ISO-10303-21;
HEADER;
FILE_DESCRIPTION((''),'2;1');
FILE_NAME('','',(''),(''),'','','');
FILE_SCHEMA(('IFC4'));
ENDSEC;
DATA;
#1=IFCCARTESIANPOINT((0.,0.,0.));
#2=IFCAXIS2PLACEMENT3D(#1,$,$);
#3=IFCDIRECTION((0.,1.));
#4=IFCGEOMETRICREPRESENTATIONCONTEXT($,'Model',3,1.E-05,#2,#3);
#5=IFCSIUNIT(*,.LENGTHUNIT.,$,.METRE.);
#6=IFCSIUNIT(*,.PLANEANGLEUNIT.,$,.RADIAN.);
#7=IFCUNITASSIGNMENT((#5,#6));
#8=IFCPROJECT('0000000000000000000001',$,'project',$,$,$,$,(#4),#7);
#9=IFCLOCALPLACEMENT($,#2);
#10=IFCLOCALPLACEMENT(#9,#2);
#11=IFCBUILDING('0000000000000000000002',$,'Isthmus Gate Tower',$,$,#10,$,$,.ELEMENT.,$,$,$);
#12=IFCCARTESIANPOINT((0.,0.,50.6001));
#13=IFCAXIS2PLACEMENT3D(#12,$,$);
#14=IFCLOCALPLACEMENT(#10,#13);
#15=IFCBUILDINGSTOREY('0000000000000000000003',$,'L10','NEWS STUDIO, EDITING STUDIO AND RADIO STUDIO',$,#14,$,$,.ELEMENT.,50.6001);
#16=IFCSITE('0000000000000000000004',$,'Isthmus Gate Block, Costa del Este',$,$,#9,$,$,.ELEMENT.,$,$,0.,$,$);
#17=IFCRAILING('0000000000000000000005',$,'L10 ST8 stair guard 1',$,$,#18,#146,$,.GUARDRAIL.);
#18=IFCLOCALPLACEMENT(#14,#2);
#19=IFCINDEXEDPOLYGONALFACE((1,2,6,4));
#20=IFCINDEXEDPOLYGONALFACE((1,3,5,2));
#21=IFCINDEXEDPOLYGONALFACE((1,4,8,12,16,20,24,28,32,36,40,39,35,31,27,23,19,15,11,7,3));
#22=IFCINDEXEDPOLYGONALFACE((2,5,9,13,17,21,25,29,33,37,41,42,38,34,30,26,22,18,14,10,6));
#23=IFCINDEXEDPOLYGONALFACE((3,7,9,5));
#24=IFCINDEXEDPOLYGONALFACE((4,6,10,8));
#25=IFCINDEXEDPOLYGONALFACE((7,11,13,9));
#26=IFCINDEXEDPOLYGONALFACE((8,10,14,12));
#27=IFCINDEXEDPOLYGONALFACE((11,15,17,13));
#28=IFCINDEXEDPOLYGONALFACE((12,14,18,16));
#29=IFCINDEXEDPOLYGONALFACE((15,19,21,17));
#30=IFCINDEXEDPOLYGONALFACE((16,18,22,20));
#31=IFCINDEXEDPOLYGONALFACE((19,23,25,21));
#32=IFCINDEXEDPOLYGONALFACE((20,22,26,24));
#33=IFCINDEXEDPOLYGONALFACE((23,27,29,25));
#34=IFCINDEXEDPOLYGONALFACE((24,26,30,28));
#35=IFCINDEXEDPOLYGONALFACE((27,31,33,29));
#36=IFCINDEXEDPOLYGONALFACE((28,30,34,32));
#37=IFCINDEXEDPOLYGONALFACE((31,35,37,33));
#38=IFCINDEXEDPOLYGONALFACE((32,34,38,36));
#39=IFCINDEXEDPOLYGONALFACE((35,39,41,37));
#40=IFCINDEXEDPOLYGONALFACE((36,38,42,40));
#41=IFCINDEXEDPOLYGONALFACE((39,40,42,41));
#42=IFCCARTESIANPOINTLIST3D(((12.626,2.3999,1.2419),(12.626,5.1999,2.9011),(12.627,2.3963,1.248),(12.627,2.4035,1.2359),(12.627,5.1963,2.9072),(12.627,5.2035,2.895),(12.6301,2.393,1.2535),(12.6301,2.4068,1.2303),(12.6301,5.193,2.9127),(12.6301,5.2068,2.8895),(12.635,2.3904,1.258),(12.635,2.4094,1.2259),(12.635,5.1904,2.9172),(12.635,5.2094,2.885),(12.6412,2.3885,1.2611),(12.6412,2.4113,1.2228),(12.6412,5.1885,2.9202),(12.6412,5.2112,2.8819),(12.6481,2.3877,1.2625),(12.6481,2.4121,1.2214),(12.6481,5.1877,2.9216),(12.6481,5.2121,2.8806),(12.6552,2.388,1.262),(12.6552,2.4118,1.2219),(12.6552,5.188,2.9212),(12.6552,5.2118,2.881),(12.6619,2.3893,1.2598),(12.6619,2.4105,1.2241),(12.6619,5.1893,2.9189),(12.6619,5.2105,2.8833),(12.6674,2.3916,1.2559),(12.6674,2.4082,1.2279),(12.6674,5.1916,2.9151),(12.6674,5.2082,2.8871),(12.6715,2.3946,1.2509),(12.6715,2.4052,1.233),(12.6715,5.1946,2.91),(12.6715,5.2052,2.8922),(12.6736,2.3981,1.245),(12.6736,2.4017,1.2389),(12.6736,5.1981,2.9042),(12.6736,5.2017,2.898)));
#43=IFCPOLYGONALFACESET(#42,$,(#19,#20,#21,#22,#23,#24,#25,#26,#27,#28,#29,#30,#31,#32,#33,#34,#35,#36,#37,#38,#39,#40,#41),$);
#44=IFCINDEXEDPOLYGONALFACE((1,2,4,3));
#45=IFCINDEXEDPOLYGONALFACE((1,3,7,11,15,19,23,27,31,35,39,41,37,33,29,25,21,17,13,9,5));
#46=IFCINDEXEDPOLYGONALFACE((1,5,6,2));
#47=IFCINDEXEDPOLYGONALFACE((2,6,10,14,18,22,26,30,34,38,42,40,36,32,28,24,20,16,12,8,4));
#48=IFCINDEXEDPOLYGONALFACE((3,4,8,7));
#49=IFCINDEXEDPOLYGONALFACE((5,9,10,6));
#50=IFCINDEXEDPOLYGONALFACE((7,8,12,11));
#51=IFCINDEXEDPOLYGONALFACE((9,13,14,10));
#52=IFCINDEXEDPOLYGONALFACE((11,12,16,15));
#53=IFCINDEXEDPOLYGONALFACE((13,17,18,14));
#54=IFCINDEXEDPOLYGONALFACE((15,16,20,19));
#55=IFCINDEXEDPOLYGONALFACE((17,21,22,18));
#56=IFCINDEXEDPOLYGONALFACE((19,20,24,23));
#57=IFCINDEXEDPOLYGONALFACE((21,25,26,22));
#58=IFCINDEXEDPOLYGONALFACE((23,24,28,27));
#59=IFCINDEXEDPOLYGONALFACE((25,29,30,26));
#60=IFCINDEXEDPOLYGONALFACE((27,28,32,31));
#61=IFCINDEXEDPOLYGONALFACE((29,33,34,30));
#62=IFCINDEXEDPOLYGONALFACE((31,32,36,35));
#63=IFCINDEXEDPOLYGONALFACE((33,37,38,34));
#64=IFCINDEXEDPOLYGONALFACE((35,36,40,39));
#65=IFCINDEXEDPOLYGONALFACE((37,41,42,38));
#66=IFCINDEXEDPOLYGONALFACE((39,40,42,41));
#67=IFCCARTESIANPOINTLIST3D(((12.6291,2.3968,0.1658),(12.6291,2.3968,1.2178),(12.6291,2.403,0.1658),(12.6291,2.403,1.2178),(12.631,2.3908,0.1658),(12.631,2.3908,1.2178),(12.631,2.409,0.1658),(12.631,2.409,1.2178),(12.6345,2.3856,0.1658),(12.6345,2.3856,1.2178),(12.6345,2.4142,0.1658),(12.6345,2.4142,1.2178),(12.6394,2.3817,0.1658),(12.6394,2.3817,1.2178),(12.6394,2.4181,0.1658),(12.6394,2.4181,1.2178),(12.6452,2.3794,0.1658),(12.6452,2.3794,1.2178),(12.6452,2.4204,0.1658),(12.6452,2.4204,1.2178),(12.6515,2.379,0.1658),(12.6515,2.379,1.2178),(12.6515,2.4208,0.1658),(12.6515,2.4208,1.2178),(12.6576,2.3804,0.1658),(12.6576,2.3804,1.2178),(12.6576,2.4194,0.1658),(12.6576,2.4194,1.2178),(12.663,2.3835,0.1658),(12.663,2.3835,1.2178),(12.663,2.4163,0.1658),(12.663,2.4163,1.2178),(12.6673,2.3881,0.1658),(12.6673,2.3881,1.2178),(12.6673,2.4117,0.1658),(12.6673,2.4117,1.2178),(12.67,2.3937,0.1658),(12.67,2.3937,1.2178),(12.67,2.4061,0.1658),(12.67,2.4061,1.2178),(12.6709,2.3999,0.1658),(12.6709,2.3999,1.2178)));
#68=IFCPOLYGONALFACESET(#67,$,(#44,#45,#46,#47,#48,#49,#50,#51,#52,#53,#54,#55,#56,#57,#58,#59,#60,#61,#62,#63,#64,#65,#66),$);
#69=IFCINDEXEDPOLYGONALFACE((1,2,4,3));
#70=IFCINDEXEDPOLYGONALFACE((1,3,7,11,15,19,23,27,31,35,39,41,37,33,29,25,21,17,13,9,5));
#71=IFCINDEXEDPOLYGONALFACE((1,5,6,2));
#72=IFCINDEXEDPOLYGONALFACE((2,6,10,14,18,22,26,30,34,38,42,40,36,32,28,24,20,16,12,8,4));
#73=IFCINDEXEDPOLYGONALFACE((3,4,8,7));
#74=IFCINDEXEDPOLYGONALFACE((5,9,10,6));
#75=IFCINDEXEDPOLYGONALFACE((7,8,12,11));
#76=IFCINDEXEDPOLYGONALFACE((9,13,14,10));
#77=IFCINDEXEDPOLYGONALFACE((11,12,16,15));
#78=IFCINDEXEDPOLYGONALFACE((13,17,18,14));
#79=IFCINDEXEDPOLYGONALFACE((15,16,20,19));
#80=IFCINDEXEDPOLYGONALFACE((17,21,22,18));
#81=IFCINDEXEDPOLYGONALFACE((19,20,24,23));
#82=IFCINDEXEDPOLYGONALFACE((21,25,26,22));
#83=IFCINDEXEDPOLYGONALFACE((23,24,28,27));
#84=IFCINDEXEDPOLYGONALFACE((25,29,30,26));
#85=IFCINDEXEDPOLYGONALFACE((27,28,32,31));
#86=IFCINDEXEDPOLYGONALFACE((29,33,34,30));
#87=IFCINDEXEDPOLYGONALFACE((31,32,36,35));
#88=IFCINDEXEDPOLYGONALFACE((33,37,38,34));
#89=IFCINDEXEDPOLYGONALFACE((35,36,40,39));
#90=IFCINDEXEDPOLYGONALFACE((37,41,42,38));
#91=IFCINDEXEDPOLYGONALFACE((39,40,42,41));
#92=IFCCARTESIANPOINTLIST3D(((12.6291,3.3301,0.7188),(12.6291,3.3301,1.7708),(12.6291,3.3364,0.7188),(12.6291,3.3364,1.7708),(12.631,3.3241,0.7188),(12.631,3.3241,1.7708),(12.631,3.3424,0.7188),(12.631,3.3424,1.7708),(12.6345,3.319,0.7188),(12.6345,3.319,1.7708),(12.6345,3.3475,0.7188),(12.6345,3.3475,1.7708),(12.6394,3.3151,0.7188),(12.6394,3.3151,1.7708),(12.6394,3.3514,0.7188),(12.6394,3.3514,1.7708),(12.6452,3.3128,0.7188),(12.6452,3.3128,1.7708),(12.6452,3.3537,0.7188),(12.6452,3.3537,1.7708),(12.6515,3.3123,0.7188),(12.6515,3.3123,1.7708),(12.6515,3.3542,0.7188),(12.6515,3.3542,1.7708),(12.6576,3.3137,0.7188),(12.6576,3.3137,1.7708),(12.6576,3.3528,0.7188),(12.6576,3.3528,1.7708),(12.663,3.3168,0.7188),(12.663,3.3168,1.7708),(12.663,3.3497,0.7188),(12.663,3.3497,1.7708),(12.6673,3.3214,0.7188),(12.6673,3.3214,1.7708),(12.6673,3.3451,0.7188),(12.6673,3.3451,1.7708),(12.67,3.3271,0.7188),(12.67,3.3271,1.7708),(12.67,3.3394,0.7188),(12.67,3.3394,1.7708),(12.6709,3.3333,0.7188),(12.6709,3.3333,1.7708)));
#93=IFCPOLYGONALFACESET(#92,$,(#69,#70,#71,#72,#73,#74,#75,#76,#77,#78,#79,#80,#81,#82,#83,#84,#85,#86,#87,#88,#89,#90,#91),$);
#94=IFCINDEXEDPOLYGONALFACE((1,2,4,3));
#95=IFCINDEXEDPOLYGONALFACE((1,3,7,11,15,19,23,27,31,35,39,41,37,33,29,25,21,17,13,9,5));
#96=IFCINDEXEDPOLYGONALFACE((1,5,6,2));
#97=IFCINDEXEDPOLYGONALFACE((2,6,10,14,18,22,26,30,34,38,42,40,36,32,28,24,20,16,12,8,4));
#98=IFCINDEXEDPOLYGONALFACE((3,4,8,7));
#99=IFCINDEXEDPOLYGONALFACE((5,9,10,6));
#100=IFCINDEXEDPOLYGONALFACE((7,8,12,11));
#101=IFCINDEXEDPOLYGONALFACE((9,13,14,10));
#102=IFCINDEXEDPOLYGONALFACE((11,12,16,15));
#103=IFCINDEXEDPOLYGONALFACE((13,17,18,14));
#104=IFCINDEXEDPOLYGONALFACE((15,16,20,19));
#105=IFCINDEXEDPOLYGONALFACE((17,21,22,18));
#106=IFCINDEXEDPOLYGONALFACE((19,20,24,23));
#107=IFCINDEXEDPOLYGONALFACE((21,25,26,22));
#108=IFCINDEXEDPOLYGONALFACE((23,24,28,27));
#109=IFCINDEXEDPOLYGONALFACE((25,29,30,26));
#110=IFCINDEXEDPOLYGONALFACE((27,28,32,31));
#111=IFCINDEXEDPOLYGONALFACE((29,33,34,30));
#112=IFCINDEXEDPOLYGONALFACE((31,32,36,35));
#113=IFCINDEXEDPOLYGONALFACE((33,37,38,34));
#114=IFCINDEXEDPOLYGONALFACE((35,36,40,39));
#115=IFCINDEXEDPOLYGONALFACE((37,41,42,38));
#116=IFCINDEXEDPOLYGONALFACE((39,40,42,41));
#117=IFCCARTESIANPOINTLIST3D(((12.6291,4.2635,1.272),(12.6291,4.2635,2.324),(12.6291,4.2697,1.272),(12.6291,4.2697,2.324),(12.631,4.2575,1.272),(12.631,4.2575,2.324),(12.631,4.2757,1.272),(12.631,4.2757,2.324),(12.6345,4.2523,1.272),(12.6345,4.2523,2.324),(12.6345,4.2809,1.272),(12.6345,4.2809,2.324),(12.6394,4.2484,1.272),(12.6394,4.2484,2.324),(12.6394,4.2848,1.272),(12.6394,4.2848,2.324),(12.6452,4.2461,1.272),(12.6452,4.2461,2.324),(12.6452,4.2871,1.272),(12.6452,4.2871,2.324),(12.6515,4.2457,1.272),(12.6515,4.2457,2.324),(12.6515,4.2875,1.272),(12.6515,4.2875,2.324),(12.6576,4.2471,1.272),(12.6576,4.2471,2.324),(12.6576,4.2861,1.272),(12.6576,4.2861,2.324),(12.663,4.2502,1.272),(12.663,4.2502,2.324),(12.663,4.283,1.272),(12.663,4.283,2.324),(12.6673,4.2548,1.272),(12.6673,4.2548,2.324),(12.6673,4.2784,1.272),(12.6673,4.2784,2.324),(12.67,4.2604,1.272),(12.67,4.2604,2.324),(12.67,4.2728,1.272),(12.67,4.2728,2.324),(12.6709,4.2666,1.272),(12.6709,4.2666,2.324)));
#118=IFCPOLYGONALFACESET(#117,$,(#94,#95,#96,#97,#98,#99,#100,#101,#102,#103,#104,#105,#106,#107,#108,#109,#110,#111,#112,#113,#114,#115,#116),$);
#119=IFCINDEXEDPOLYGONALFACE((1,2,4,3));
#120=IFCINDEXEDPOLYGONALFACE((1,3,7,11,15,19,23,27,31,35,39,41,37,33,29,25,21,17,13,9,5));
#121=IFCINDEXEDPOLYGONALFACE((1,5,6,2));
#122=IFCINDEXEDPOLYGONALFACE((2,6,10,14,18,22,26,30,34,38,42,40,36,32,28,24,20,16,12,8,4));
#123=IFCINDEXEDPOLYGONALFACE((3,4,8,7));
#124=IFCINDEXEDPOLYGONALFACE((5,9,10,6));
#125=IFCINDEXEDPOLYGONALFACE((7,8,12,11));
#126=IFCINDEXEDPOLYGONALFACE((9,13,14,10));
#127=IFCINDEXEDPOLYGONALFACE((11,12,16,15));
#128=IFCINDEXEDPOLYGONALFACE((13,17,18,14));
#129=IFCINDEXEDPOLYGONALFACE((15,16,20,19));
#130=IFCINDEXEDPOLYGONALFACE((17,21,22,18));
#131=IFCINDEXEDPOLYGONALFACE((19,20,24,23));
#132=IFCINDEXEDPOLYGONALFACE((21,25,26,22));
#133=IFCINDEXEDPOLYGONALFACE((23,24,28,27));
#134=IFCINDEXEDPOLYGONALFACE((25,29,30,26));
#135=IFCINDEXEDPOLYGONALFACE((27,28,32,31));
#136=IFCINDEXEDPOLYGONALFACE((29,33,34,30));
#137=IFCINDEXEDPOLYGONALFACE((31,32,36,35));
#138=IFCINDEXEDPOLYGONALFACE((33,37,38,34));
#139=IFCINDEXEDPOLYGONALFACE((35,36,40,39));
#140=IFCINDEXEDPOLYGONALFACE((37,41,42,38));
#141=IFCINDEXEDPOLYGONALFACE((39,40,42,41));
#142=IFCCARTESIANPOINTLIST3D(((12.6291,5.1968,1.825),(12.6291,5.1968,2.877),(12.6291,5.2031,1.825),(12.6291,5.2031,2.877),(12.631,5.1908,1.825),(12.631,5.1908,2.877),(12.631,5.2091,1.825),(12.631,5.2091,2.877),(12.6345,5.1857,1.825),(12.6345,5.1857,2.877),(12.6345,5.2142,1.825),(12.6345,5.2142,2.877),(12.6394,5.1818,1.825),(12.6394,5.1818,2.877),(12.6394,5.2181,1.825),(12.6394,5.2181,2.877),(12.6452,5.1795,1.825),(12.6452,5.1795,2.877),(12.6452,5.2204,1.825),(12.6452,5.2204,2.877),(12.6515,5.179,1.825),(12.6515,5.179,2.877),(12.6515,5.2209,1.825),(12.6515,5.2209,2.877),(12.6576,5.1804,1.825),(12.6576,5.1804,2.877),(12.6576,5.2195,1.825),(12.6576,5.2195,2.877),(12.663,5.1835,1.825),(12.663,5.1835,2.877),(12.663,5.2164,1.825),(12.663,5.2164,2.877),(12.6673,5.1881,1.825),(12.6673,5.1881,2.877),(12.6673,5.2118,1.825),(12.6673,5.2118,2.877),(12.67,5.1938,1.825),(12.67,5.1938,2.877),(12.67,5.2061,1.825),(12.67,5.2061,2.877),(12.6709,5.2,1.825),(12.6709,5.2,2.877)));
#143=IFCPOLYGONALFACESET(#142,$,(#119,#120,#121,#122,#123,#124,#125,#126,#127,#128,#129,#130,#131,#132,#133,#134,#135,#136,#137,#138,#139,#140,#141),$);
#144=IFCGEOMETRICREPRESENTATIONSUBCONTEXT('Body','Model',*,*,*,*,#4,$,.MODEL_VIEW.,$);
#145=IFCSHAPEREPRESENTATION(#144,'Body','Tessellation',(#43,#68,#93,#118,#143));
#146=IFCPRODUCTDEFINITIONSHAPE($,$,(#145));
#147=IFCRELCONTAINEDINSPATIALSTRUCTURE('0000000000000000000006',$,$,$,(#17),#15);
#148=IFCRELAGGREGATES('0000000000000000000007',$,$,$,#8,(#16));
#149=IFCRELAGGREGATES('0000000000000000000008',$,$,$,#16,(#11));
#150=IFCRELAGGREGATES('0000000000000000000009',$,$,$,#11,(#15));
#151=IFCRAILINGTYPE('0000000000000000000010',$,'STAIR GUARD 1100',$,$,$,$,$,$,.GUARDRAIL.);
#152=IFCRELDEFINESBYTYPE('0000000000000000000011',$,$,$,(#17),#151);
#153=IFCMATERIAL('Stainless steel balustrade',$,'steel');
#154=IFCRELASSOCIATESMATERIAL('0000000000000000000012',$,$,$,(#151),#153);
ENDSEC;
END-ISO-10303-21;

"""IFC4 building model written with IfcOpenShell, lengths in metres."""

from ifc_helpers import new_model, si_unit, direction, frame, origin, origin_2d, place, context, subcontext, project, spatial, circle, extrude, material, type_object, element, save


model = new_model("IFC4")

# Units and contexts
model_context = context("Model", 3, precision=1e-05, world=origin(), true_north=direction((0.0, 1.0)))
body_context = subcontext(model_context, "Body", "Model", "MODEL_VIEW")
ifc_project = project(units=[si_unit("LENGTHUNIT", "METRE"), si_unit("PLANEANGLEUNIT", "RADIAN")], contexts=[model_context])

# Site, building, storey
site_placement = place(None, origin())
site = spatial("IfcSite", under=ifc_project, at=site_placement, Name="Isthmus Gate Block, Costa del Este", CompositionType="ELEMENT", RefElevation=0.0)
building_placement = place(site_placement, origin())
building = spatial("IfcBuilding", under=site, at=building_placement, Name="Isthmus Gate Tower", CompositionType="ELEMENT")
storey_placement = place(building_placement, frame((0.0, 0.0, 50.6001)))
storey = spatial("IfcBuildingStorey", under=building, at=storey_placement, Name="L10", Description="NEWS STUDIO, EDITING STUDIO AND RADIO STUDIO", CompositionType="ELEMENT", Elevation=50.6001)

# Railing
ifc_material_1 = material(Name="Stainless steel balustrade", Category="steel")
railing_type_1 = type_object("IfcRailingType", Name="STAIR GUARD 1100", PredefinedType="GUARDRAIL", material=ifc_material_1)
railing_1_placement = place(storey_placement, frame((12.6499, 2.3999, 0.1658)))
element("IfcRailing", 1, at=railing_1_placement, inside=storey, type_object=railing_type_1, Name="L10 ST8 stair guard 1", PredefinedType="GUARDRAIL", context=body_context, shape_type="SweptSolid", body=[
    extrude(circle(Radius=0.0239, at=origin_2d()), frame((0.0, 0.0, 1.0762), z_axis=(0.0, 0.860306, 0.509778), x_axis=(-1.0, 0.0, 0.0)), (0.0, 0.0, 1.0), 3.2546),
    extrude(circle(Radius=0.021, at=origin_2d()), origin(), (0.0, 0.0, 1.0), 1.052),
    extrude(circle(Radius=0.021, at=origin_2d()), frame((0.0, 0.9333, 0.553)), (0.0, 0.0, 1.0), 1.052),
    extrude(circle(Radius=0.021, at=origin_2d()), frame((0.0, 1.8667, 1.1062)), (0.0, 0.0, 1.0), 1.052),
    extrude(circle(Radius=0.021, at=origin_2d()), frame((0.0, 2.8, 1.6592)), (0.0, 0.0, 1.0), 1.052),
])

save(model, "model.ifc")
